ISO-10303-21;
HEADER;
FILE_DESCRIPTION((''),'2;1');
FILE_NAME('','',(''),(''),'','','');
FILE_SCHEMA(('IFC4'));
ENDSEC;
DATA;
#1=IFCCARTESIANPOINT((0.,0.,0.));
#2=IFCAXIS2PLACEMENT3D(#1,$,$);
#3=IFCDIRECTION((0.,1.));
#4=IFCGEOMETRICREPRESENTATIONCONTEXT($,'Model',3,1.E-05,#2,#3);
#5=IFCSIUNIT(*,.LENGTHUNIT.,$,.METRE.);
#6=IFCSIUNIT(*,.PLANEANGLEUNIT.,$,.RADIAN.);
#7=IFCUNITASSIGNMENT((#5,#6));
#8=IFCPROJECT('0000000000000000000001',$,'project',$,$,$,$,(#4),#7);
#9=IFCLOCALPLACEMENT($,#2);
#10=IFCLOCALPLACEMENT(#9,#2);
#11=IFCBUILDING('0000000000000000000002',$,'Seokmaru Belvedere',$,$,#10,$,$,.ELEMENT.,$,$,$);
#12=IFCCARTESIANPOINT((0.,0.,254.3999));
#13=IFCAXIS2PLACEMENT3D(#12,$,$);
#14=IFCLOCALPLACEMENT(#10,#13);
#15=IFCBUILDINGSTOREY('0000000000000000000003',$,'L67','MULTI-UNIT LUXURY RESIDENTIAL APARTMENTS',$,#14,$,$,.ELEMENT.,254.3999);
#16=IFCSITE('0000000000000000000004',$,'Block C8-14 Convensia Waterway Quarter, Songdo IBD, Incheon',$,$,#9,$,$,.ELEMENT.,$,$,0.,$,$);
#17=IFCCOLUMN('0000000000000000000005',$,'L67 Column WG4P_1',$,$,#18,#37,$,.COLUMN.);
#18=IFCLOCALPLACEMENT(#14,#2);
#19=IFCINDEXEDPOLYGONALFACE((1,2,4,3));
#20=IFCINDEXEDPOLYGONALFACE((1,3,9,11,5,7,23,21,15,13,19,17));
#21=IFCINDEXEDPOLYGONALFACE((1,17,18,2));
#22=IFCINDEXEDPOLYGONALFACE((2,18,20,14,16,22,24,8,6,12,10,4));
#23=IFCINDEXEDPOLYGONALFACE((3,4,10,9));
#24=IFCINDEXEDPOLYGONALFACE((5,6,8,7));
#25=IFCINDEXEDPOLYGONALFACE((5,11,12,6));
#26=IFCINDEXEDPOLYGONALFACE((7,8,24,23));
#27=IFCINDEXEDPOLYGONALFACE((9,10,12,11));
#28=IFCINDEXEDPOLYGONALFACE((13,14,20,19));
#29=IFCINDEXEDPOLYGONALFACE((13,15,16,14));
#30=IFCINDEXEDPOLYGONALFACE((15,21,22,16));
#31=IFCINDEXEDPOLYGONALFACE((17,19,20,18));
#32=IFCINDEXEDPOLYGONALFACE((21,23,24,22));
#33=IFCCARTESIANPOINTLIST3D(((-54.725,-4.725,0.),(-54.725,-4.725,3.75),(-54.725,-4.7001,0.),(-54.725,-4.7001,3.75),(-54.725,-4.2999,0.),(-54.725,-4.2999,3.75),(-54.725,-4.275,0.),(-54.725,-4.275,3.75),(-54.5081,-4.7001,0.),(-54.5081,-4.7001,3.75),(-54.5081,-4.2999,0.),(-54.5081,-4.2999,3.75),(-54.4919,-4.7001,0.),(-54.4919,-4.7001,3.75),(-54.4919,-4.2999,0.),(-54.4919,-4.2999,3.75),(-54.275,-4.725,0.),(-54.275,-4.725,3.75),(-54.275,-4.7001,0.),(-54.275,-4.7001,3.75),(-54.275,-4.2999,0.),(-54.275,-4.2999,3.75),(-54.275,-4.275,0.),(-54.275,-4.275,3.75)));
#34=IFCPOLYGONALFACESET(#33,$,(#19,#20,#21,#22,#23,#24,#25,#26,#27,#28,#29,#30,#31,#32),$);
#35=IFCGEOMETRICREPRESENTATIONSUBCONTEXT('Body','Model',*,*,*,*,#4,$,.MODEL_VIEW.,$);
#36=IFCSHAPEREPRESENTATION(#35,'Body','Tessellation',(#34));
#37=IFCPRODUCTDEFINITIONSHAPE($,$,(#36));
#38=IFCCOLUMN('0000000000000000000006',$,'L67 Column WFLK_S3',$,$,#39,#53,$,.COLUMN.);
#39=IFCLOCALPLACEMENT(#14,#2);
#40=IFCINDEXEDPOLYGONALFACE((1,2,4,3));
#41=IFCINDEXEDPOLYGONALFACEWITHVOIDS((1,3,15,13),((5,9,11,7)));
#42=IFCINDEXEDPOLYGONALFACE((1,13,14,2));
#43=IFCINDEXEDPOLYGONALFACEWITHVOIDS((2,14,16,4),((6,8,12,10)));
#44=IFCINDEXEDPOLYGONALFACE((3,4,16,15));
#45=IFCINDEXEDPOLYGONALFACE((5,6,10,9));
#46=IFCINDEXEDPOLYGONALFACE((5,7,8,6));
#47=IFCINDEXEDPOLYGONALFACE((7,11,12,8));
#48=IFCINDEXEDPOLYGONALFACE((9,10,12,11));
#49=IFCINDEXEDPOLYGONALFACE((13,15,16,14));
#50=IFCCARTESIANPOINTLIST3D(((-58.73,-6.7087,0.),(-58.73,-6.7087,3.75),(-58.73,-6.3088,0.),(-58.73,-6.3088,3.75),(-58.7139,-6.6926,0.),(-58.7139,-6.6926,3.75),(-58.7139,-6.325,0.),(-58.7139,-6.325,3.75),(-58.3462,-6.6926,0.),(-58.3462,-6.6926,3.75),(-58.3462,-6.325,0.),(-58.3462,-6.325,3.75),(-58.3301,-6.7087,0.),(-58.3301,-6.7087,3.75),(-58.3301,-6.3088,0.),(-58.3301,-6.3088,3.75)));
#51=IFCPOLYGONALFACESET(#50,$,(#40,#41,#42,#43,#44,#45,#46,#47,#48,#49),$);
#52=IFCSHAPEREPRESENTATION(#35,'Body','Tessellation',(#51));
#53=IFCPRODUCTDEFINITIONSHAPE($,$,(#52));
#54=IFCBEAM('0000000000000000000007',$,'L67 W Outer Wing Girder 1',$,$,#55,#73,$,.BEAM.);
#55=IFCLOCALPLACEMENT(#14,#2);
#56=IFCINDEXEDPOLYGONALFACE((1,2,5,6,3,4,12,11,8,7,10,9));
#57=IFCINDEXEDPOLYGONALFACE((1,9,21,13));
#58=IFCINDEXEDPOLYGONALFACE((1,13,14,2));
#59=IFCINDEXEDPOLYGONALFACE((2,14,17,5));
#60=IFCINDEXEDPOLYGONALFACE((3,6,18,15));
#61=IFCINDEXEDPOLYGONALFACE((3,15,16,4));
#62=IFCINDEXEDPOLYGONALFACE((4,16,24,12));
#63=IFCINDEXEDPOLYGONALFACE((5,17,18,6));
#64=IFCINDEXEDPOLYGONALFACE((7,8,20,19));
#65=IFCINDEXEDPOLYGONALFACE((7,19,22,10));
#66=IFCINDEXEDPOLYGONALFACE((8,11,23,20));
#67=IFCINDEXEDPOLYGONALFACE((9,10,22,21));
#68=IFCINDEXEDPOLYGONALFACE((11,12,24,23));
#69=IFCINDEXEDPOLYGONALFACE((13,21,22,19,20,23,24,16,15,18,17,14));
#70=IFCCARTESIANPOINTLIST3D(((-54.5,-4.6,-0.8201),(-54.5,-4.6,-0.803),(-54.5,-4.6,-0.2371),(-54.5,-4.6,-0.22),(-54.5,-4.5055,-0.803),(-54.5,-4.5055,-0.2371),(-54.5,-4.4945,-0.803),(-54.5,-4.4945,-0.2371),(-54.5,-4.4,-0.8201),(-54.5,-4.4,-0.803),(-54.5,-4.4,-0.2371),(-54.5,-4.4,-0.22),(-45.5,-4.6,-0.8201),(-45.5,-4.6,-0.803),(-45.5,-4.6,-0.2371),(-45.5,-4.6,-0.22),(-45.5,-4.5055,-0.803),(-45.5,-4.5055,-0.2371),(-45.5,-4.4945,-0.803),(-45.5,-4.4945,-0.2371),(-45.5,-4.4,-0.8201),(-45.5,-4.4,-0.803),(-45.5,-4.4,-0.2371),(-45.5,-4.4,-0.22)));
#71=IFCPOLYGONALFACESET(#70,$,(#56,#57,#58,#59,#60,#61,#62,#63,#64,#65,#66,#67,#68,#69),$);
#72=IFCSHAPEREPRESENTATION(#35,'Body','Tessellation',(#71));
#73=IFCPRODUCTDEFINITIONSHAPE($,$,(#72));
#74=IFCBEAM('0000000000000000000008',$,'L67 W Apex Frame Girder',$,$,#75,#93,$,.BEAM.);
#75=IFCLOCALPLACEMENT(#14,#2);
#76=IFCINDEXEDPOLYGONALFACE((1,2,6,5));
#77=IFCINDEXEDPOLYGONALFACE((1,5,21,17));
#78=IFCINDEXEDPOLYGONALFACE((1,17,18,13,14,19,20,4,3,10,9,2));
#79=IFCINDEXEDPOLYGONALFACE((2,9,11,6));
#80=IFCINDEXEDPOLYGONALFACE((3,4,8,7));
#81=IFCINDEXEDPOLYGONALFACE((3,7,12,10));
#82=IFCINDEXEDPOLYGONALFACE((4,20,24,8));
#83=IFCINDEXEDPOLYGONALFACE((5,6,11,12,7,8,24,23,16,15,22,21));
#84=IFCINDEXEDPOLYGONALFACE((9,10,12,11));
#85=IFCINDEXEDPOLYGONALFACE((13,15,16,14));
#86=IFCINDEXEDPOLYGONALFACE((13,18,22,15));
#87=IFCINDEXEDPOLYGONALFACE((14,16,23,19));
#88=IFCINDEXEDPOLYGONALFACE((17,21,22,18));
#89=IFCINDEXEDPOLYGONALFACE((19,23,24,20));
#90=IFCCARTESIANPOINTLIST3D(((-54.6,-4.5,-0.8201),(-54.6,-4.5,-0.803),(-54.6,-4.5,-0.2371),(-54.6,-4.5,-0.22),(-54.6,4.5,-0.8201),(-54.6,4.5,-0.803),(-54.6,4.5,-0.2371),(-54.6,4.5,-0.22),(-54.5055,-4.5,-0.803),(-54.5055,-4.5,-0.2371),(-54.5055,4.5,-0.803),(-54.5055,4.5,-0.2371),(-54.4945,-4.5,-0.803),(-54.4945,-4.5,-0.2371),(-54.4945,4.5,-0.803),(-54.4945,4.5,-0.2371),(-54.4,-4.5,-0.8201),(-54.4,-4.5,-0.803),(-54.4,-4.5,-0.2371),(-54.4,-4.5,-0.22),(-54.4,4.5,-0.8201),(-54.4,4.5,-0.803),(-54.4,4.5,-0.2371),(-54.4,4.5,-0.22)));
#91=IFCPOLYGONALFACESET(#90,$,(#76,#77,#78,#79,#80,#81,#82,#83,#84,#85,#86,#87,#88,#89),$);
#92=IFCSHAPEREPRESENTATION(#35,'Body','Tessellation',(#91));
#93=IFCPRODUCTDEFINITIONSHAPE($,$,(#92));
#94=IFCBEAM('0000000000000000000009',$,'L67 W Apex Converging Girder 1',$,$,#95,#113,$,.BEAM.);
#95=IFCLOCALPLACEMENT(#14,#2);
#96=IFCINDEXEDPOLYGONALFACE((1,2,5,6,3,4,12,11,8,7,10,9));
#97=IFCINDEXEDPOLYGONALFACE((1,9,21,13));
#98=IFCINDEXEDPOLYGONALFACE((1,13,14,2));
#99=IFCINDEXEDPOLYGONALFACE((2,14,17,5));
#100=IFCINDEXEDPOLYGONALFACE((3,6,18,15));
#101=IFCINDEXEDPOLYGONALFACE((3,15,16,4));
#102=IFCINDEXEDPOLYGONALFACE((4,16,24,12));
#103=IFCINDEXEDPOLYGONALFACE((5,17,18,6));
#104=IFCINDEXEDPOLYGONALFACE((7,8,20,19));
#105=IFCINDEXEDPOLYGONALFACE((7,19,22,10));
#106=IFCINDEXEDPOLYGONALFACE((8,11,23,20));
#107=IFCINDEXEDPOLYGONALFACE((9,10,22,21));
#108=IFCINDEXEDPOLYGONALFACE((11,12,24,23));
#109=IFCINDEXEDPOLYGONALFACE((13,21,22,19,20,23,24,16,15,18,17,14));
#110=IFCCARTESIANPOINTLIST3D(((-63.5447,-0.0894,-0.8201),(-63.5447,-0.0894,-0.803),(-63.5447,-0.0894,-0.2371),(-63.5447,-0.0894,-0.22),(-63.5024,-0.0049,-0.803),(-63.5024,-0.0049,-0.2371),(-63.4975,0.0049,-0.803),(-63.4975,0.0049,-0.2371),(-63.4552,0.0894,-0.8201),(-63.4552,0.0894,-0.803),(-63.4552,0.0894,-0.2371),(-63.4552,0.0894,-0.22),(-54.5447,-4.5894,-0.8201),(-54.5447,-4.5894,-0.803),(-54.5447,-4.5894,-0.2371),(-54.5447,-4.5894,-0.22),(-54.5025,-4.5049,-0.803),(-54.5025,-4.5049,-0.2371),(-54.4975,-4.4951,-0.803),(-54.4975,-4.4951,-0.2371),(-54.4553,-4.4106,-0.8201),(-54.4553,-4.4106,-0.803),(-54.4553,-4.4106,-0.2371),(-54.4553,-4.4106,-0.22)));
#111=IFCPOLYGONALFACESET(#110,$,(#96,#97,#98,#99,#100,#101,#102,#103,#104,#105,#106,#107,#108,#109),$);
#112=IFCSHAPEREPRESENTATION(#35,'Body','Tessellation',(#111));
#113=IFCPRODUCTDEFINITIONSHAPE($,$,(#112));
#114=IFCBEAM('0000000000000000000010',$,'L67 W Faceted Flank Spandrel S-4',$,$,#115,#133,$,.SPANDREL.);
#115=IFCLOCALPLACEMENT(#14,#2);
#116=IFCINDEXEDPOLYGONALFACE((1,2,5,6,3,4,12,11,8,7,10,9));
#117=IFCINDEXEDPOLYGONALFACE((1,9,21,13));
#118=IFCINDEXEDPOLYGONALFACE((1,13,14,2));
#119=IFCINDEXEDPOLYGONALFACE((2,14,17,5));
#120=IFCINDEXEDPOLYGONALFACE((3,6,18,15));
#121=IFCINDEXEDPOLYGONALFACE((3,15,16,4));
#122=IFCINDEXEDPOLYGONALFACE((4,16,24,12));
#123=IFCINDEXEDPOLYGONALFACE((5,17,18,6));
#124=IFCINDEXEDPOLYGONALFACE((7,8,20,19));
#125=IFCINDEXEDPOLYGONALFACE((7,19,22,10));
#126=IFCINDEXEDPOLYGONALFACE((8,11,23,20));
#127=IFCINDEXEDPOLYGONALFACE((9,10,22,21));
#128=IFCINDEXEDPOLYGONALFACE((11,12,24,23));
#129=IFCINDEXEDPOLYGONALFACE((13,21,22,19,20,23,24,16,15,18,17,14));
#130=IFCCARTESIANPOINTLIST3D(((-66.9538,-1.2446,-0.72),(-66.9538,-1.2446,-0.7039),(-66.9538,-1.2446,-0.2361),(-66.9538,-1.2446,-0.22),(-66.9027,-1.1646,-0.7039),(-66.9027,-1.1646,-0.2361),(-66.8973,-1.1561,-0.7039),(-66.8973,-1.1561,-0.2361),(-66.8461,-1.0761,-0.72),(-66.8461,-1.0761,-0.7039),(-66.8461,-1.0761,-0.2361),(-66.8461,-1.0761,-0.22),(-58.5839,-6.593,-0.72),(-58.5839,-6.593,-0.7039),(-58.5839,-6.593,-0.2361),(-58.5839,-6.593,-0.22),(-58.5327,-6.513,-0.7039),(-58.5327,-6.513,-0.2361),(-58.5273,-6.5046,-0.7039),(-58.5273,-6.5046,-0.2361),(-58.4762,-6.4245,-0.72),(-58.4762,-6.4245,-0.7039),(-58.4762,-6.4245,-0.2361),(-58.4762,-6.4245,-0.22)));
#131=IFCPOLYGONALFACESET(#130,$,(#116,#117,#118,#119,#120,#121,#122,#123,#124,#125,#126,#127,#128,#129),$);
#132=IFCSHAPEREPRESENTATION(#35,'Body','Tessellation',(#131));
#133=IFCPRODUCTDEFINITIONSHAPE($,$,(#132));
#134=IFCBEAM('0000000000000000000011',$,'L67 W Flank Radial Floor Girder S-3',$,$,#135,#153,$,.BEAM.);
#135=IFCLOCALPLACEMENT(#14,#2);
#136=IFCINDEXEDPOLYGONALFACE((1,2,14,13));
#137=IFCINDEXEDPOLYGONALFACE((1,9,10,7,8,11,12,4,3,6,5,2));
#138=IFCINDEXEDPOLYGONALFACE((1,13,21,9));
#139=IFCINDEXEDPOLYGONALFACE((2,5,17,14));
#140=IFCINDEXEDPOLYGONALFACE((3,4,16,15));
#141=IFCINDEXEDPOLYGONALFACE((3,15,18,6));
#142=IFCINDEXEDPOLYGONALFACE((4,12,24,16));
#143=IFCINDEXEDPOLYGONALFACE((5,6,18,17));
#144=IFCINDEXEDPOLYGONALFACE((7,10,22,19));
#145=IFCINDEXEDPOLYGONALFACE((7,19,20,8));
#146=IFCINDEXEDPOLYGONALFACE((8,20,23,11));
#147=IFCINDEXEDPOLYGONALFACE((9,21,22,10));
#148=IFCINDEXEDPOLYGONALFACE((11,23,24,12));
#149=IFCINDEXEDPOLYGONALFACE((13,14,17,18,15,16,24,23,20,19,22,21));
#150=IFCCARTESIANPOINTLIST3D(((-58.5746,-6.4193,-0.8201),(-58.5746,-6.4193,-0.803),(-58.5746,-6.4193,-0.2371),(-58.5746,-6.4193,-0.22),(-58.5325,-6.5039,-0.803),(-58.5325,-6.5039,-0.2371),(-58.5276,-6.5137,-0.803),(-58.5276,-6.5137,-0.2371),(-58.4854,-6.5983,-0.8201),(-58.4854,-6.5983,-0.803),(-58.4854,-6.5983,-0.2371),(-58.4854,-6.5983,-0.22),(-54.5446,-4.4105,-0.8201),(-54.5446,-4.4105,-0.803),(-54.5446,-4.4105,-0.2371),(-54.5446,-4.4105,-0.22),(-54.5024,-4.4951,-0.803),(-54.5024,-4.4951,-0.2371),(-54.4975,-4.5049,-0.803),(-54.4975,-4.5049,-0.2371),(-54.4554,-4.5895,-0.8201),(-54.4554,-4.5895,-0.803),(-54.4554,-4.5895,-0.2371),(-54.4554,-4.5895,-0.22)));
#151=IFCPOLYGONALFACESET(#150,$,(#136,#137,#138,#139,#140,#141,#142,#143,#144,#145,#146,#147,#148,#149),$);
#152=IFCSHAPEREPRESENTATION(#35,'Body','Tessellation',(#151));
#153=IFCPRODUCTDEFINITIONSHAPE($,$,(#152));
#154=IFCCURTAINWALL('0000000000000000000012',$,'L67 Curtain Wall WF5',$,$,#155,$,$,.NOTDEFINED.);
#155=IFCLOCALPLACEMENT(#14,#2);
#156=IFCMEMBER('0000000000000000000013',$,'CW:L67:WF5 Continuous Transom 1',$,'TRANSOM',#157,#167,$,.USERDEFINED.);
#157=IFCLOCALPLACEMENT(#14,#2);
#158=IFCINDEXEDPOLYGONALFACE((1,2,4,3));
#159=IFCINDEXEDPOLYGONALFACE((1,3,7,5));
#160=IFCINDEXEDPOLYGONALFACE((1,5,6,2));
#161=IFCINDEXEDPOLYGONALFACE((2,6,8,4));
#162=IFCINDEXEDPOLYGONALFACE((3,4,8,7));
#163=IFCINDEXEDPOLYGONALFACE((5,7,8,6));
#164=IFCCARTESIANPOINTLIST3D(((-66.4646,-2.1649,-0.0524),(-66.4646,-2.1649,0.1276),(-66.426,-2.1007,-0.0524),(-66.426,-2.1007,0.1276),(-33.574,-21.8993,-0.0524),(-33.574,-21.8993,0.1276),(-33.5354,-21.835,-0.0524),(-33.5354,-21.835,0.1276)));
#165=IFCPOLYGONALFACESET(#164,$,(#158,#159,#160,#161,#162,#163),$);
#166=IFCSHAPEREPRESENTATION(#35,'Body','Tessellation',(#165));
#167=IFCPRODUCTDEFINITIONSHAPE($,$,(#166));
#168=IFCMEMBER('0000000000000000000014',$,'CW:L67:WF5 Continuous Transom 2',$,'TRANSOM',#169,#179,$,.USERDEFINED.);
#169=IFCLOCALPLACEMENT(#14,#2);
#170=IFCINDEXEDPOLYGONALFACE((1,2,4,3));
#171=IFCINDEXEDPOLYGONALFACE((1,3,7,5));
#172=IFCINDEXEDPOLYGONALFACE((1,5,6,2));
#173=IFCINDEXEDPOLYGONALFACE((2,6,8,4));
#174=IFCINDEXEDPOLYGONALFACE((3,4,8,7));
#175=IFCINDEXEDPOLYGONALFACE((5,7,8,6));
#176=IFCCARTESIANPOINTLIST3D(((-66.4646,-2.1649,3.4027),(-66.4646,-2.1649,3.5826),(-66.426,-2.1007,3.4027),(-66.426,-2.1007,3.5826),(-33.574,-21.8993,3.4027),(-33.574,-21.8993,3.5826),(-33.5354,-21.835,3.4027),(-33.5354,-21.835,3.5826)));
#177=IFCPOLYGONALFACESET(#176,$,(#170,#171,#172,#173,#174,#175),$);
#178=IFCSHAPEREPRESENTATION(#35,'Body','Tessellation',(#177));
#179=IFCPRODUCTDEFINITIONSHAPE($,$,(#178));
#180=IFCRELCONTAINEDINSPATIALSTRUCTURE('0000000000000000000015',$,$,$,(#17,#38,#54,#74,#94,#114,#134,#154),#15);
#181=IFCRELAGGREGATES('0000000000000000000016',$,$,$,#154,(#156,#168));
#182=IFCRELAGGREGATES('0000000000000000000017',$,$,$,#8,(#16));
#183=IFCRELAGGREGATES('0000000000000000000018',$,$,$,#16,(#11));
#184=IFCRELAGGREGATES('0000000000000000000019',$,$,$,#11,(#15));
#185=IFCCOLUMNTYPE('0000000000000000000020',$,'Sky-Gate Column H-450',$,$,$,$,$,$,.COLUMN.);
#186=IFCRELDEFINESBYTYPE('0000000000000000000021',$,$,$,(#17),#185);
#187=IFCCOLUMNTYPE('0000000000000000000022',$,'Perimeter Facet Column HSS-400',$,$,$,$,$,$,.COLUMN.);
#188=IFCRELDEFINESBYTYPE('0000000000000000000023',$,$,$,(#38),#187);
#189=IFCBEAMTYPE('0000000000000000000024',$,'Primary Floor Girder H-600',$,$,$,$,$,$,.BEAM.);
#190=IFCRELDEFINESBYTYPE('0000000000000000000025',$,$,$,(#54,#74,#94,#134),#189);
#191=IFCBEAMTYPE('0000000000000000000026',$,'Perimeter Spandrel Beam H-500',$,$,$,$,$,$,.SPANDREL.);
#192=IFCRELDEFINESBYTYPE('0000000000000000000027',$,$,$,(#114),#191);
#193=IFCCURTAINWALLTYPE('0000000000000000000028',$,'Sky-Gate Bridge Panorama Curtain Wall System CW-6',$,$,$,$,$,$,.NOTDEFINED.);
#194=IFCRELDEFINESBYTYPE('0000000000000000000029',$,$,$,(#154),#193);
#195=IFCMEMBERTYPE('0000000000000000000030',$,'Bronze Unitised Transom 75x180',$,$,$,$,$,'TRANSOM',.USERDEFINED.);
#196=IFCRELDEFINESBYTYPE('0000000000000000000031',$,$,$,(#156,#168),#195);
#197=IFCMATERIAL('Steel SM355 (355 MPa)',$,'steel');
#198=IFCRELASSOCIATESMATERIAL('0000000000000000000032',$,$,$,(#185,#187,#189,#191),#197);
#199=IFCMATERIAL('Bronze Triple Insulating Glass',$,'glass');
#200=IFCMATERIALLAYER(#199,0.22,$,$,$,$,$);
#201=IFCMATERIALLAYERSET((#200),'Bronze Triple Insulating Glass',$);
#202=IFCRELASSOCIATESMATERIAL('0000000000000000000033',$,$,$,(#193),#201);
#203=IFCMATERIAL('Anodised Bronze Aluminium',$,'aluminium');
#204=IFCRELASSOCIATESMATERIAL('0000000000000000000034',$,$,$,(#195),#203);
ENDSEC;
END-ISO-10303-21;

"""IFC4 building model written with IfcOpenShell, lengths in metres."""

from ifc_helpers import new_model, si_unit, direction, frame, origin, origin_2d, place, context, subcontext, project, spatial, rectangle, hollow_rectangle, i_section, extrude, source, transform, mapped, material, layer, layer_set, material_profile, profile_set, type_object, type_shapes, element, aggregate, save


model = new_model("IFC4")

# Units and contexts
model_context = context("Model", 3, precision=1e-05, world=origin(), true_north=direction((0.0, 1.0)))
body_context = subcontext(model_context, "Body", "Model", "MODEL_VIEW")
ifc_project = project(units=[si_unit("LENGTHUNIT", "METRE"), si_unit("PLANEANGLEUNIT", "RADIAN")], contexts=[model_context])

# Site, building, storey
site_placement = place(None, origin())
site = spatial("IfcSite", under=ifc_project, at=site_placement, Name="Block C8-14 Convensia Waterway Quarter, Songdo IBD, Incheon", CompositionType="ELEMENT", RefElevation=0.0)
building_placement = place(site_placement, origin())
building = spatial("IfcBuilding", under=site, at=building_placement, Name="Seokmaru Belvedere", CompositionType="ELEMENT")
storey_placement = place(building_placement, frame((0.0, 0.0, 254.3999)))
storey = spatial("IfcBuildingStorey", under=building, at=storey_placement, Name="L67", Description="MULTI-UNIT LUXURY RESIDENTIAL APARTMENTS", CompositionType="ELEMENT", Elevation=254.3999)

# Columns
ifc_material_1 = material(Name="Steel SM355 (355 MPa)", Category="steel")
ifc_material_profile_1 = material_profile(ifc_material_1, i_section(OverallWidth=0.45, OverallDepth=0.45, WebThickness=0.0161, FlangeThickness=0.0249, at=origin_2d()), Name="H-450x450x16x25")
ifc_profile_set_1 = profile_set([ifc_material_profile_1], Name="Steel SM355 (355 MPa)")
column_type_1 = type_object("IfcColumnType", Name="Sky-Gate Column H-450", PredefinedType="COLUMN", material=ifc_profile_set_1)
shared_shape_1 = source(origin(), body_context, "Body", "SweptSolid", [
    extrude(i_section(OverallWidth=0.45, OverallDepth=0.45, WebThickness=0.0161, FlangeThickness=0.0249, at=origin_2d()), origin(), (0.0, 0.0, 1.0), 3.75),
])
type_shapes(column_type_1, [shared_shape_1])
column_1_placement = place(storey_placement, frame((-54.5, -4.5, 0.0), z_axis=(0.0, 0.0, 1.0), x_axis=(1.0, 0.0, 0.0)))
element("IfcColumn", 1, at=column_1_placement, inside=storey, type_object=column_type_1, Name="L67 Column WG4P_1", PredefinedType="COLUMN", context=body_context, shape_type="MappedRepresentation", body=[
    mapped(shared_shape_1, transform((0.0, 0.0, 0.0), scale=1.0)),
])
ifc_material_profile_2 = material_profile(ifc_material_1, hollow_rectangle(XDim=0.3999, YDim=0.3999, WallThickness=0.0161, at=origin_2d()), Name="HSS-400x400x16")
ifc_profile_set_2 = profile_set([ifc_material_profile_2], Name="Steel SM355 (355 MPa)")
column_type_2 = type_object("IfcColumnType", Name="Perimeter Facet Column HSS-400", PredefinedType="COLUMN", material=ifc_profile_set_2)
shared_shape_2 = source(origin(), body_context, "Body", "SweptSolid", [
    extrude(hollow_rectangle(XDim=0.3999, YDim=0.3999, WallThickness=0.0161, at=origin_2d()), origin(), (0.0, 0.0, 1.0), 3.75),
])
type_shapes(column_type_2, [shared_shape_2])
column_2_placement = place(storey_placement, frame((-58.53, -6.5088, 0.0), z_axis=(0.0, 0.0, 1.0), x_axis=(1.0, 0.0, 0.0)))
element("IfcColumn", 2, at=column_2_placement, inside=storey, type_object=column_type_2, Name="L67 Column WFLK_S3", PredefinedType="COLUMN", context=body_context, shape_type="MappedRepresentation", body=[
    mapped(shared_shape_2, transform((0.0, 0.0, 0.0), scale=1.0)),
])

# Beams
ifc_material_profile_3 = material_profile(ifc_material_1, i_section(OverallWidth=0.2, OverallDepth=0.6001, WebThickness=0.011, FlangeThickness=0.0171, at=origin_2d()), Name="H-600x200x11x17")
ifc_profile_set_3 = profile_set([ifc_material_profile_3], Name="Steel SM355 (355 MPa)")
beam_type_1 = type_object("IfcBeamType", Name="Primary Floor Girder H-600", PredefinedType="BEAM", material=ifc_profile_set_3)
shared_shape_3 = source(origin(), body_context, "Body", "SweptSolid", [
    extrude(i_section(OverallWidth=0.2, OverallDepth=0.6001, WebThickness=0.011, FlangeThickness=0.0171, at=origin_2d()), origin(), (0.0, 0.0, 1.0), 9.0),
])
for number, where, z_axis, x_axis, name in (
    (3, (-54.5, -4.5, -0.52), (1.0, 0.0, 0.0), (0.0, 1.0, 0.0), "L67 W Outer Wing Girder 1"),
    (4, (-54.5, -4.5, -0.52), (0.0, 1.0, 0.0), (-1.0, 0.0, 0.0), "L67 W Apex Frame Girder"),
):
    element("IfcBeam", number, at=place(storey_placement, frame(where, z_axis=z_axis, x_axis=x_axis)), inside=storey, type_object=beam_type_1, Name=name, PredefinedType="BEAM", context=body_context, shape_type="MappedRepresentation", body=[
        mapped(shared_shape_3, transform((0.0, 0.0, 0.0), scale=1.0)),
    ])
shared_shape_4 = source(origin(), body_context, "Body", "SweptSolid", [
    extrude(i_section(OverallWidth=0.2, OverallDepth=0.6001, WebThickness=0.011, FlangeThickness=0.0171, at=origin_2d()), origin(), (0.0, 0.0, 1.0), 10.0623),
])
beam_1_placement = place(storey_placement, frame((-54.5, -4.5, -0.52), z_axis=(-0.894427, 0.447214, 0.0), x_axis=(-0.447214, -0.894427, 0.0)))
element("IfcBeam", 5, at=beam_1_placement, inside=storey, type_object=beam_type_1, Name="L67 W Apex Converging Girder 1", PredefinedType="BEAM", context=body_context, shape_type="MappedRepresentation", body=[
    mapped(shared_shape_4, transform((0.0, 0.0, 0.0), scale=1.0)),
])
ifc_material_profile_4 = material_profile(ifc_material_1, i_section(OverallWidth=0.2, OverallDepth=0.5, WebThickness=0.01, FlangeThickness=0.0161, at=origin_2d()), Name="H-500x200x10x16")
ifc_profile_set_4 = profile_set([ifc_material_profile_4], Name="Steel SM355 (355 MPa)")
beam_type_2 = type_object("IfcBeamType", Name="Perimeter Spandrel Beam H-500", PredefinedType="SPANDREL", material=ifc_profile_set_4)
shared_shape_5 = source(origin(), body_context, "Body", "SweptSolid", [
    extrude(i_section(OverallWidth=0.2, OverallDepth=0.5, WebThickness=0.01, FlangeThickness=0.0161, at=origin_2d()), origin(), (0.0, 0.0, 1.0), 9.9329),
])
type_shapes(beam_type_2, [shared_shape_5])
beam_2_placement = place(storey_placement, frame((-58.53, -6.5088, -0.47), z_axis=(-0.842652, 0.538459, 0.0), x_axis=(-0.538459, -0.842652, 0.0)))
element("IfcBeam", 6, at=beam_2_placement, inside=storey, type_object=beam_type_2, Name="L67 W Faceted Flank Spandrel S-4", PredefinedType="SPANDREL", context=body_context, shape_type="MappedRepresentation", body=[
    mapped(shared_shape_5, transform((0.0, 0.0, 0.0), scale=1.0)),
])
shared_shape_6 = source(origin(), body_context, "Body", "SweptSolid", [
    extrude(i_section(OverallWidth=0.2, OverallDepth=0.6001, WebThickness=0.011, FlangeThickness=0.0171, at=origin_2d()), origin(), (0.0, 0.0, 1.0), 4.5029),
])
type_shapes(beam_type_1, [shared_shape_3, shared_shape_4, shared_shape_6])
beam_3_placement = place(storey_placement, frame((-58.53, -6.5088, -0.52), z_axis=(0.89498, 0.446107, 0.0), x_axis=(-0.446107, 0.89498, 0.0)))
element("IfcBeam", 7, at=beam_3_placement, inside=storey, type_object=beam_type_1, Name="L67 W Flank Radial Floor Girder S-3", PredefinedType="BEAM", context=body_context, shape_type="MappedRepresentation", body=[
    mapped(shared_shape_6, transform((0.0, 0.0, 0.0), scale=1.0)),
])

# Curtain wall, members
ifc_material_2 = material(Name="Bronze Triple Insulating Glass", Category="glass")
ifc_layer_1 = layer(ifc_material_2, 0.22)
ifc_layer_set_1 = layer_set([ifc_layer_1], Name="Bronze Triple Insulating Glass")
curtain_wall_type = type_object("IfcCurtainWallType", Name="Sky-Gate Bridge Panorama Curtain Wall System CW-6", PredefinedType="NOTDEFINED", material=ifc_layer_set_1)
curtain_wall_placement = place(storey_placement, origin())
curtain_wall = element("IfcCurtainWall", 8, at=curtain_wall_placement, inside=storey, type_object=curtain_wall_type, Name="L67 Curtain Wall WF5", PredefinedType="NOTDEFINED")
ifc_material_3 = material(Name="Anodised Bronze Aluminium", Category="aluminium")
ifc_material_profile_5 = material_profile(ifc_material_3, rectangle(XDim=0.075, YDim=0.1799, at=origin_2d()), Name="CW-T-75x180")
ifc_profile_set_5 = profile_set([ifc_material_profile_5], Name="Anodised Bronze Aluminium")
member_type_1 = type_object("IfcMemberType", Name="Bronze Unitised Transom 75x180", ElementType="TRANSOM", PredefinedType="USERDEFINED", material=ifc_profile_set_5)
shared_shape_7 = source(origin(), body_context, "Body", "SweptSolid", [
    extrude(rectangle(XDim=0.075, YDim=0.1799, at=origin_2d()), origin(), (0.0, 0.0, 1.0), 38.3567),
])
type_shapes(member_type_1, [shared_shape_7])
member_1_placement = place(storey_placement, frame((-66.4453, -2.1328, 0.0376), z_axis=(0.857493, -0.514496, 0.0), x_axis=(0.514496, 0.857493, 0.0)))
member_1 = element("IfcMember", 9, at=member_1_placement, type_object=member_type_1, Name="CW:L67:WF5 Continuous Transom 1", ObjectType="TRANSOM", PredefinedType="USERDEFINED", context=body_context, shape_type="MappedRepresentation", body=[
    mapped(shared_shape_7, transform((0.0, 0.0, 0.0), scale=1.0)),
])
member_2_placement = place(storey_placement, frame((-66.4453, -2.1328, 3.4927), z_axis=(0.857493, -0.514496, 0.0), x_axis=(0.514496, 0.857493, 0.0)))
member_2 = element("IfcMember", 10, at=member_2_placement, type_object=member_type_1, Name="CW:L67:WF5 Continuous Transom 2", ObjectType="TRANSOM", PredefinedType="USERDEFINED", context=body_context, shape_type="MappedRepresentation", body=[
    mapped(shared_shape_7, transform((0.0, 0.0, 0.0), scale=1.0)),
])
aggregate(curtain_wall, [member_1, member_2])

save(model, "model.ifc")
